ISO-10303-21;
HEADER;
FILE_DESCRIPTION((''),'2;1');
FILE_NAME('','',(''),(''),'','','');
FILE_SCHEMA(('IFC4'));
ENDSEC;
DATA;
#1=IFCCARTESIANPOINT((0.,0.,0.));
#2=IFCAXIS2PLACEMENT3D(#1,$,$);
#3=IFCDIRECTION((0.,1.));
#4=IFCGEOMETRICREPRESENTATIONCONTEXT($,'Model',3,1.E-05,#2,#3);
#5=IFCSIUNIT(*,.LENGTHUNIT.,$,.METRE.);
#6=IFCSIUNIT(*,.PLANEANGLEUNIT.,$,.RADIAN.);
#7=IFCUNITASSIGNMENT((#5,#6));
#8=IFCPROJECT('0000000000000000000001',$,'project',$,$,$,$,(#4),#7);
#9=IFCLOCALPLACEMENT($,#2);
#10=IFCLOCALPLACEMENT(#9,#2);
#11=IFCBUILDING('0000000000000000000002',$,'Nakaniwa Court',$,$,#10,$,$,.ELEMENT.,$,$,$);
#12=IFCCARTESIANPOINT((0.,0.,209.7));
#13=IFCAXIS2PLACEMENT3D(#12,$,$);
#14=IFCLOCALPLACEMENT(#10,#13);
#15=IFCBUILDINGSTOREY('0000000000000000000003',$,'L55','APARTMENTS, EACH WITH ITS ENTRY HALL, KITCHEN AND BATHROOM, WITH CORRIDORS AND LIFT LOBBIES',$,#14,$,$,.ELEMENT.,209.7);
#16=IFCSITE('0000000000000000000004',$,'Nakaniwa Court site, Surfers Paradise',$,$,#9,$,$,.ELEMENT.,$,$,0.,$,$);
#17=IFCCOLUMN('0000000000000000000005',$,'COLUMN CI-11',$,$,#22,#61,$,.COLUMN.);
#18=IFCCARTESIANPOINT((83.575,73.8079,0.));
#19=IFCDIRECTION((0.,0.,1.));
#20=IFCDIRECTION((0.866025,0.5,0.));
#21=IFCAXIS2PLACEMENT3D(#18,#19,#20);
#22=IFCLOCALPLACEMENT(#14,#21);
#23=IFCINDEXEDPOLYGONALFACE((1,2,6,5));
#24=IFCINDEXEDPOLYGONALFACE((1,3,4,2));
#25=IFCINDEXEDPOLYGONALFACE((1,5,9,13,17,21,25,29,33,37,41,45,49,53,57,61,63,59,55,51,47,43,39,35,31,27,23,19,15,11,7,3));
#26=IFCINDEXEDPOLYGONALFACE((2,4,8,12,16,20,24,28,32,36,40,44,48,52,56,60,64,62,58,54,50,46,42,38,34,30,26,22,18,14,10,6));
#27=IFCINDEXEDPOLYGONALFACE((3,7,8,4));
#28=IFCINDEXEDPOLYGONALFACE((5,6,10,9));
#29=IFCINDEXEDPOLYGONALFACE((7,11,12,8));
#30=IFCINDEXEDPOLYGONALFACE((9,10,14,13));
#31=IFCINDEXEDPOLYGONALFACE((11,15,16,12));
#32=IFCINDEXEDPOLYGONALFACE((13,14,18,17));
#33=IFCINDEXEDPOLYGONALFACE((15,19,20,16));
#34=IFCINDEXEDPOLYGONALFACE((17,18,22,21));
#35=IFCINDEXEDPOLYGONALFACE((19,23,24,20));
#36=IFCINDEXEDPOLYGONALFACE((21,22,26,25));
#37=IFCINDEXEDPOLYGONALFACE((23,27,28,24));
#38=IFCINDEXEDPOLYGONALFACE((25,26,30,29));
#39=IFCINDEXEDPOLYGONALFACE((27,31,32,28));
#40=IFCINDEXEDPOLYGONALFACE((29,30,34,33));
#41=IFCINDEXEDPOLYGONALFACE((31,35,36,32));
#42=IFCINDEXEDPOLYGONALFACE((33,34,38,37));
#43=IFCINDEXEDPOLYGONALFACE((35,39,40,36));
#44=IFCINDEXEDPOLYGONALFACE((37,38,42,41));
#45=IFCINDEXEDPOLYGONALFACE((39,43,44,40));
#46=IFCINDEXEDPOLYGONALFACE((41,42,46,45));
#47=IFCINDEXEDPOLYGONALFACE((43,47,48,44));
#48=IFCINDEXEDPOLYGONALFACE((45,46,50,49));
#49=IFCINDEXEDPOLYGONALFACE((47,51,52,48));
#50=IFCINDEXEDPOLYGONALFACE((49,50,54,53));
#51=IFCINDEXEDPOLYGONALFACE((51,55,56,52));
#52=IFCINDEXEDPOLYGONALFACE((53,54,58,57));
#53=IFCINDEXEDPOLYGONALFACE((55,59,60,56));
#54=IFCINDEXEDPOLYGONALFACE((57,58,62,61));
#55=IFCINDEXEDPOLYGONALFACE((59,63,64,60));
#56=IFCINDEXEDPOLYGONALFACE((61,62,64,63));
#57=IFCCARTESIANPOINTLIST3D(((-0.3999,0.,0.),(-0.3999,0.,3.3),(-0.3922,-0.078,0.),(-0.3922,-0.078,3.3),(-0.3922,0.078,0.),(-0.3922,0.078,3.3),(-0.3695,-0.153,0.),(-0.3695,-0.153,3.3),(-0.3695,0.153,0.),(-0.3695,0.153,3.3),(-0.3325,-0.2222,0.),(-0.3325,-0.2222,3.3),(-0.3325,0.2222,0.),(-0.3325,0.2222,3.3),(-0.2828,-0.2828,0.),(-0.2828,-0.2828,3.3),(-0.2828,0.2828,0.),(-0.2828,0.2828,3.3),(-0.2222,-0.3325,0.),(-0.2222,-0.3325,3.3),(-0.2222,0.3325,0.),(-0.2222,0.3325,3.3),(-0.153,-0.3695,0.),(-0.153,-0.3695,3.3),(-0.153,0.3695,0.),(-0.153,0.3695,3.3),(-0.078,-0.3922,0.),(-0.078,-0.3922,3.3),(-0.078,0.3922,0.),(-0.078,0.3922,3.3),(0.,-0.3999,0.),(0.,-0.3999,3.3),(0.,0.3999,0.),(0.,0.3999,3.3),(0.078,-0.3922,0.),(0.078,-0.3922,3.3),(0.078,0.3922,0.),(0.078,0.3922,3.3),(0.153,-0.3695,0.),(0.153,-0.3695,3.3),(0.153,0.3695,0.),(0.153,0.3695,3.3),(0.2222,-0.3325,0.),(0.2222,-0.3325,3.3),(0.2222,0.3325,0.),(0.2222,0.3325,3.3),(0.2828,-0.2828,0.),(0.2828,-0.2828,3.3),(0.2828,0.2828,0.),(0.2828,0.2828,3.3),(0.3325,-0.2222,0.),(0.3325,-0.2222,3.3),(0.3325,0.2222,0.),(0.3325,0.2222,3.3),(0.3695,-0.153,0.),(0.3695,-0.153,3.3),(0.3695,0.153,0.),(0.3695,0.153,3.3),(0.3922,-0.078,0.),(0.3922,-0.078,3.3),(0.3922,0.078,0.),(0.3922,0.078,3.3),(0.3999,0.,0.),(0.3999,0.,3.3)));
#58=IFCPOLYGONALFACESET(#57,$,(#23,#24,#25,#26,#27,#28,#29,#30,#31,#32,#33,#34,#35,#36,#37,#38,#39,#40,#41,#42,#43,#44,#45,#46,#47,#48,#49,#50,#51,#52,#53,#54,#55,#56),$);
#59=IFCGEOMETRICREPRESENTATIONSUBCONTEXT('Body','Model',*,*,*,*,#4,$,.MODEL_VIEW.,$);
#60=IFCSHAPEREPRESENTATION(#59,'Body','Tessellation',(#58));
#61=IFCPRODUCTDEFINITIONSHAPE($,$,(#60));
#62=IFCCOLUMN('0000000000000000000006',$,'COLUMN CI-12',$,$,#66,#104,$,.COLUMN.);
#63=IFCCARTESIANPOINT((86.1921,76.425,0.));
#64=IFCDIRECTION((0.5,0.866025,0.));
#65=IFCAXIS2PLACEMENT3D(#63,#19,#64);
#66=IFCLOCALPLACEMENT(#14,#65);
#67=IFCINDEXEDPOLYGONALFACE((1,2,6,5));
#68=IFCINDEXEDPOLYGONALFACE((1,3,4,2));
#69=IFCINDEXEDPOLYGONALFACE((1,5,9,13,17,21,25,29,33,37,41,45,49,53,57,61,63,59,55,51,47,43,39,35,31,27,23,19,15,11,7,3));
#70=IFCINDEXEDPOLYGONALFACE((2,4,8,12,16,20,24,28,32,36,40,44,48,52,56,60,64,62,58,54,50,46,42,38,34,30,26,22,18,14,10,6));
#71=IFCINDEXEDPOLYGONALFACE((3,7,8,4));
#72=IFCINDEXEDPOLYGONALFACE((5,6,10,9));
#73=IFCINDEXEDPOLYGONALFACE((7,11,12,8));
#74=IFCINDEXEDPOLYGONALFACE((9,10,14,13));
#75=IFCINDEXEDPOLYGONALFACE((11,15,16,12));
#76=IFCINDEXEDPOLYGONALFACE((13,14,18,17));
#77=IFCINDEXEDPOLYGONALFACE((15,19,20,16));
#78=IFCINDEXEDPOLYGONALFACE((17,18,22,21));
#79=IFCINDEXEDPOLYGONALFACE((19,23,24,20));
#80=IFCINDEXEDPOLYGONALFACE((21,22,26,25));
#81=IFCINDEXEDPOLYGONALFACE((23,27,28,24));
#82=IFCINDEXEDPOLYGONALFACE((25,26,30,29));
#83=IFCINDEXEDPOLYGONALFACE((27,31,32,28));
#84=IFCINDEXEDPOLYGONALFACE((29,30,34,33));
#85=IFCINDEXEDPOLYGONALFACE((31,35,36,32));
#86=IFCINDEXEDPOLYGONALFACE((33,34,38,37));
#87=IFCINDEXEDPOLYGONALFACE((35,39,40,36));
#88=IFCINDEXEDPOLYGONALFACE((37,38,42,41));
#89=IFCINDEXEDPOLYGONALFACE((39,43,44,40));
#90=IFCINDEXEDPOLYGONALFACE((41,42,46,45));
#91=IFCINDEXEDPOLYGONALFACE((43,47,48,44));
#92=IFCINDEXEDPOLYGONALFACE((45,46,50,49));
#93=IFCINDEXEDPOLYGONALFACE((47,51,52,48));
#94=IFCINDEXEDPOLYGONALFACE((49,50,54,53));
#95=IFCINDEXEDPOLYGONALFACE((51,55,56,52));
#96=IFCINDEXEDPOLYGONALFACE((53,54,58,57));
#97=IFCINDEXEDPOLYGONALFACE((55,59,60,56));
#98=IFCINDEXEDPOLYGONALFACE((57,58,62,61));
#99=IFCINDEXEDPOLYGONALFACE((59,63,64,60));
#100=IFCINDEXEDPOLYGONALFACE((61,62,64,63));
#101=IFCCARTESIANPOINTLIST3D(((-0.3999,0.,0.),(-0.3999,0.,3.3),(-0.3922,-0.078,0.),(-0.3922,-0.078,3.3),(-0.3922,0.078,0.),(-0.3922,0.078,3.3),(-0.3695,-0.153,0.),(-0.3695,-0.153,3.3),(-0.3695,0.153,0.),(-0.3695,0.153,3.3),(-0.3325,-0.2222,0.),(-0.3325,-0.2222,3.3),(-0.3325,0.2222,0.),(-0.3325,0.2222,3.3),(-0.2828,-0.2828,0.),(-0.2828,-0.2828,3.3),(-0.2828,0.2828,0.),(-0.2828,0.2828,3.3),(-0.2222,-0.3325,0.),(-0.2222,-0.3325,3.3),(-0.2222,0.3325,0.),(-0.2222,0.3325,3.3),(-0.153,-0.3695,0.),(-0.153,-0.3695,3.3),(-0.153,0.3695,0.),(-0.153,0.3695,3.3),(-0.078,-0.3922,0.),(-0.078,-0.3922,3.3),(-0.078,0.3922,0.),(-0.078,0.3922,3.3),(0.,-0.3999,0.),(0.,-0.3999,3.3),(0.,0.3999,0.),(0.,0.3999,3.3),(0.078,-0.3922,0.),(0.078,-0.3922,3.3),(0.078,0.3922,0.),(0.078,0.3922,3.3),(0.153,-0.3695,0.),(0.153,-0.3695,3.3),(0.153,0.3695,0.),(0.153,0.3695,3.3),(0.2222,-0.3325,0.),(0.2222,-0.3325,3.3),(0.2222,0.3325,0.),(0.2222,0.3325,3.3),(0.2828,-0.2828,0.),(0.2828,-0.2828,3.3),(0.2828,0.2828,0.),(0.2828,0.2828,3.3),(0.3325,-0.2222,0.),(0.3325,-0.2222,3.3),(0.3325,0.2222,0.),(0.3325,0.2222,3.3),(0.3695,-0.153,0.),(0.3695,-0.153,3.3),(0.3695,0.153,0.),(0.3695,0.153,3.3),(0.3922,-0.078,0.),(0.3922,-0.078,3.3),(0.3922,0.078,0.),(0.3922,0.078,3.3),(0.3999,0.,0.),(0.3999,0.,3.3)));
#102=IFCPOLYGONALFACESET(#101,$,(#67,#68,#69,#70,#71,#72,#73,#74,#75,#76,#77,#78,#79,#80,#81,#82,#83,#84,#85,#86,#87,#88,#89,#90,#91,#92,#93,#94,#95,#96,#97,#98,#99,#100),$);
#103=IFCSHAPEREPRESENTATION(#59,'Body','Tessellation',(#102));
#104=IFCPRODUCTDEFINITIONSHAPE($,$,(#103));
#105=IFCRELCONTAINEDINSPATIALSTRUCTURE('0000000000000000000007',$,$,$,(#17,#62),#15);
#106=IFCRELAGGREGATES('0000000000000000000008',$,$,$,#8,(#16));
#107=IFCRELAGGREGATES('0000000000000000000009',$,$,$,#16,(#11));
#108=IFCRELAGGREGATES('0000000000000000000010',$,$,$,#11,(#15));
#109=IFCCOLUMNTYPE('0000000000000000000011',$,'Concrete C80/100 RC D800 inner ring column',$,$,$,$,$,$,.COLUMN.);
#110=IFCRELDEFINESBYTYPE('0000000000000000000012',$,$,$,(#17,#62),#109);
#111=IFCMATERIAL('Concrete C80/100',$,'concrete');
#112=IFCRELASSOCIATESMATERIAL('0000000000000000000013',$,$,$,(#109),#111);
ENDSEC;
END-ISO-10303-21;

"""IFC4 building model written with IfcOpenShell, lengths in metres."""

from ifc_helpers import new_model, si_unit, direction, frame, origin, origin_2d, place, context, subcontext, project, spatial, circle, extrude, material, material_profile, profile_set, type_object, element, save


model = new_model("IFC4")

# Units and contexts
model_context = context("Model", 3, precision=1e-05, world=origin(), true_north=direction((0.0, 1.0)))
body_context = subcontext(model_context, "Body", "Model", "MODEL_VIEW")
ifc_project = project(units=[si_unit("LENGTHUNIT", "METRE"), si_unit("PLANEANGLEUNIT", "RADIAN")], contexts=[model_context])

# Site, building, storey
site_placement = place(None, origin())
site = spatial("IfcSite", under=ifc_project, at=site_placement, Name="Nakaniwa Court site, Surfers Paradise", CompositionType="ELEMENT", RefElevation=0.0)
building_placement = place(site_placement, origin())
building = spatial("IfcBuilding", under=site, at=building_placement, Name="Nakaniwa Court", CompositionType="ELEMENT")
storey_placement = place(building_placement, frame((0.0, 0.0, 209.7)))
storey = spatial("IfcBuildingStorey", under=building, at=storey_placement, Name="L55", Description="APARTMENTS, EACH WITH ITS ENTRY HALL, KITCHEN AND BATHROOM, WITH CORRIDORS AND LIFT LOBBIES", CompositionType="ELEMENT", Elevation=209.7)

# Columns
ifc_material_1 = material(Name="Concrete C80/100", Category="concrete")
ifc_material_profile_1 = material_profile(ifc_material_1, circle(Radius=0.3999, at=origin_2d()), Name="Concrete C80/100 RC D800 inner ring column")
ifc_profile_set_1 = profile_set([ifc_material_profile_1], Name="Concrete C80/100")
column_type = type_object("IfcColumnType", Name="Concrete C80/100 RC D800 inner ring column", PredefinedType="COLUMN", material=ifc_profile_set_1)
for number, where, z_axis, x_axis, name in (
    (1, (83.575, 73.8079, 0.0), (0.0, 0.0, 1.0), (0.866025, 0.5, 0.0), "COLUMN CI-11"),
    (2, (86.1921, 76.425, 0.0), (0.0, 0.0, 1.0), (0.5, 0.866025, 0.0), "COLUMN CI-12"),
):
    element("IfcColumn", number, at=place(storey_placement, frame(where, z_axis=z_axis, x_axis=x_axis)), inside=storey, type_object=column_type, Name=name, PredefinedType="COLUMN", context=body_context, shape_type="SweptSolid", body=[
        extrude(circle(Radius=0.3999, at=origin_2d()), origin(), (0.0, 0.0, 1.0), 3.3),
    ])

save(model, "model.ifc")
